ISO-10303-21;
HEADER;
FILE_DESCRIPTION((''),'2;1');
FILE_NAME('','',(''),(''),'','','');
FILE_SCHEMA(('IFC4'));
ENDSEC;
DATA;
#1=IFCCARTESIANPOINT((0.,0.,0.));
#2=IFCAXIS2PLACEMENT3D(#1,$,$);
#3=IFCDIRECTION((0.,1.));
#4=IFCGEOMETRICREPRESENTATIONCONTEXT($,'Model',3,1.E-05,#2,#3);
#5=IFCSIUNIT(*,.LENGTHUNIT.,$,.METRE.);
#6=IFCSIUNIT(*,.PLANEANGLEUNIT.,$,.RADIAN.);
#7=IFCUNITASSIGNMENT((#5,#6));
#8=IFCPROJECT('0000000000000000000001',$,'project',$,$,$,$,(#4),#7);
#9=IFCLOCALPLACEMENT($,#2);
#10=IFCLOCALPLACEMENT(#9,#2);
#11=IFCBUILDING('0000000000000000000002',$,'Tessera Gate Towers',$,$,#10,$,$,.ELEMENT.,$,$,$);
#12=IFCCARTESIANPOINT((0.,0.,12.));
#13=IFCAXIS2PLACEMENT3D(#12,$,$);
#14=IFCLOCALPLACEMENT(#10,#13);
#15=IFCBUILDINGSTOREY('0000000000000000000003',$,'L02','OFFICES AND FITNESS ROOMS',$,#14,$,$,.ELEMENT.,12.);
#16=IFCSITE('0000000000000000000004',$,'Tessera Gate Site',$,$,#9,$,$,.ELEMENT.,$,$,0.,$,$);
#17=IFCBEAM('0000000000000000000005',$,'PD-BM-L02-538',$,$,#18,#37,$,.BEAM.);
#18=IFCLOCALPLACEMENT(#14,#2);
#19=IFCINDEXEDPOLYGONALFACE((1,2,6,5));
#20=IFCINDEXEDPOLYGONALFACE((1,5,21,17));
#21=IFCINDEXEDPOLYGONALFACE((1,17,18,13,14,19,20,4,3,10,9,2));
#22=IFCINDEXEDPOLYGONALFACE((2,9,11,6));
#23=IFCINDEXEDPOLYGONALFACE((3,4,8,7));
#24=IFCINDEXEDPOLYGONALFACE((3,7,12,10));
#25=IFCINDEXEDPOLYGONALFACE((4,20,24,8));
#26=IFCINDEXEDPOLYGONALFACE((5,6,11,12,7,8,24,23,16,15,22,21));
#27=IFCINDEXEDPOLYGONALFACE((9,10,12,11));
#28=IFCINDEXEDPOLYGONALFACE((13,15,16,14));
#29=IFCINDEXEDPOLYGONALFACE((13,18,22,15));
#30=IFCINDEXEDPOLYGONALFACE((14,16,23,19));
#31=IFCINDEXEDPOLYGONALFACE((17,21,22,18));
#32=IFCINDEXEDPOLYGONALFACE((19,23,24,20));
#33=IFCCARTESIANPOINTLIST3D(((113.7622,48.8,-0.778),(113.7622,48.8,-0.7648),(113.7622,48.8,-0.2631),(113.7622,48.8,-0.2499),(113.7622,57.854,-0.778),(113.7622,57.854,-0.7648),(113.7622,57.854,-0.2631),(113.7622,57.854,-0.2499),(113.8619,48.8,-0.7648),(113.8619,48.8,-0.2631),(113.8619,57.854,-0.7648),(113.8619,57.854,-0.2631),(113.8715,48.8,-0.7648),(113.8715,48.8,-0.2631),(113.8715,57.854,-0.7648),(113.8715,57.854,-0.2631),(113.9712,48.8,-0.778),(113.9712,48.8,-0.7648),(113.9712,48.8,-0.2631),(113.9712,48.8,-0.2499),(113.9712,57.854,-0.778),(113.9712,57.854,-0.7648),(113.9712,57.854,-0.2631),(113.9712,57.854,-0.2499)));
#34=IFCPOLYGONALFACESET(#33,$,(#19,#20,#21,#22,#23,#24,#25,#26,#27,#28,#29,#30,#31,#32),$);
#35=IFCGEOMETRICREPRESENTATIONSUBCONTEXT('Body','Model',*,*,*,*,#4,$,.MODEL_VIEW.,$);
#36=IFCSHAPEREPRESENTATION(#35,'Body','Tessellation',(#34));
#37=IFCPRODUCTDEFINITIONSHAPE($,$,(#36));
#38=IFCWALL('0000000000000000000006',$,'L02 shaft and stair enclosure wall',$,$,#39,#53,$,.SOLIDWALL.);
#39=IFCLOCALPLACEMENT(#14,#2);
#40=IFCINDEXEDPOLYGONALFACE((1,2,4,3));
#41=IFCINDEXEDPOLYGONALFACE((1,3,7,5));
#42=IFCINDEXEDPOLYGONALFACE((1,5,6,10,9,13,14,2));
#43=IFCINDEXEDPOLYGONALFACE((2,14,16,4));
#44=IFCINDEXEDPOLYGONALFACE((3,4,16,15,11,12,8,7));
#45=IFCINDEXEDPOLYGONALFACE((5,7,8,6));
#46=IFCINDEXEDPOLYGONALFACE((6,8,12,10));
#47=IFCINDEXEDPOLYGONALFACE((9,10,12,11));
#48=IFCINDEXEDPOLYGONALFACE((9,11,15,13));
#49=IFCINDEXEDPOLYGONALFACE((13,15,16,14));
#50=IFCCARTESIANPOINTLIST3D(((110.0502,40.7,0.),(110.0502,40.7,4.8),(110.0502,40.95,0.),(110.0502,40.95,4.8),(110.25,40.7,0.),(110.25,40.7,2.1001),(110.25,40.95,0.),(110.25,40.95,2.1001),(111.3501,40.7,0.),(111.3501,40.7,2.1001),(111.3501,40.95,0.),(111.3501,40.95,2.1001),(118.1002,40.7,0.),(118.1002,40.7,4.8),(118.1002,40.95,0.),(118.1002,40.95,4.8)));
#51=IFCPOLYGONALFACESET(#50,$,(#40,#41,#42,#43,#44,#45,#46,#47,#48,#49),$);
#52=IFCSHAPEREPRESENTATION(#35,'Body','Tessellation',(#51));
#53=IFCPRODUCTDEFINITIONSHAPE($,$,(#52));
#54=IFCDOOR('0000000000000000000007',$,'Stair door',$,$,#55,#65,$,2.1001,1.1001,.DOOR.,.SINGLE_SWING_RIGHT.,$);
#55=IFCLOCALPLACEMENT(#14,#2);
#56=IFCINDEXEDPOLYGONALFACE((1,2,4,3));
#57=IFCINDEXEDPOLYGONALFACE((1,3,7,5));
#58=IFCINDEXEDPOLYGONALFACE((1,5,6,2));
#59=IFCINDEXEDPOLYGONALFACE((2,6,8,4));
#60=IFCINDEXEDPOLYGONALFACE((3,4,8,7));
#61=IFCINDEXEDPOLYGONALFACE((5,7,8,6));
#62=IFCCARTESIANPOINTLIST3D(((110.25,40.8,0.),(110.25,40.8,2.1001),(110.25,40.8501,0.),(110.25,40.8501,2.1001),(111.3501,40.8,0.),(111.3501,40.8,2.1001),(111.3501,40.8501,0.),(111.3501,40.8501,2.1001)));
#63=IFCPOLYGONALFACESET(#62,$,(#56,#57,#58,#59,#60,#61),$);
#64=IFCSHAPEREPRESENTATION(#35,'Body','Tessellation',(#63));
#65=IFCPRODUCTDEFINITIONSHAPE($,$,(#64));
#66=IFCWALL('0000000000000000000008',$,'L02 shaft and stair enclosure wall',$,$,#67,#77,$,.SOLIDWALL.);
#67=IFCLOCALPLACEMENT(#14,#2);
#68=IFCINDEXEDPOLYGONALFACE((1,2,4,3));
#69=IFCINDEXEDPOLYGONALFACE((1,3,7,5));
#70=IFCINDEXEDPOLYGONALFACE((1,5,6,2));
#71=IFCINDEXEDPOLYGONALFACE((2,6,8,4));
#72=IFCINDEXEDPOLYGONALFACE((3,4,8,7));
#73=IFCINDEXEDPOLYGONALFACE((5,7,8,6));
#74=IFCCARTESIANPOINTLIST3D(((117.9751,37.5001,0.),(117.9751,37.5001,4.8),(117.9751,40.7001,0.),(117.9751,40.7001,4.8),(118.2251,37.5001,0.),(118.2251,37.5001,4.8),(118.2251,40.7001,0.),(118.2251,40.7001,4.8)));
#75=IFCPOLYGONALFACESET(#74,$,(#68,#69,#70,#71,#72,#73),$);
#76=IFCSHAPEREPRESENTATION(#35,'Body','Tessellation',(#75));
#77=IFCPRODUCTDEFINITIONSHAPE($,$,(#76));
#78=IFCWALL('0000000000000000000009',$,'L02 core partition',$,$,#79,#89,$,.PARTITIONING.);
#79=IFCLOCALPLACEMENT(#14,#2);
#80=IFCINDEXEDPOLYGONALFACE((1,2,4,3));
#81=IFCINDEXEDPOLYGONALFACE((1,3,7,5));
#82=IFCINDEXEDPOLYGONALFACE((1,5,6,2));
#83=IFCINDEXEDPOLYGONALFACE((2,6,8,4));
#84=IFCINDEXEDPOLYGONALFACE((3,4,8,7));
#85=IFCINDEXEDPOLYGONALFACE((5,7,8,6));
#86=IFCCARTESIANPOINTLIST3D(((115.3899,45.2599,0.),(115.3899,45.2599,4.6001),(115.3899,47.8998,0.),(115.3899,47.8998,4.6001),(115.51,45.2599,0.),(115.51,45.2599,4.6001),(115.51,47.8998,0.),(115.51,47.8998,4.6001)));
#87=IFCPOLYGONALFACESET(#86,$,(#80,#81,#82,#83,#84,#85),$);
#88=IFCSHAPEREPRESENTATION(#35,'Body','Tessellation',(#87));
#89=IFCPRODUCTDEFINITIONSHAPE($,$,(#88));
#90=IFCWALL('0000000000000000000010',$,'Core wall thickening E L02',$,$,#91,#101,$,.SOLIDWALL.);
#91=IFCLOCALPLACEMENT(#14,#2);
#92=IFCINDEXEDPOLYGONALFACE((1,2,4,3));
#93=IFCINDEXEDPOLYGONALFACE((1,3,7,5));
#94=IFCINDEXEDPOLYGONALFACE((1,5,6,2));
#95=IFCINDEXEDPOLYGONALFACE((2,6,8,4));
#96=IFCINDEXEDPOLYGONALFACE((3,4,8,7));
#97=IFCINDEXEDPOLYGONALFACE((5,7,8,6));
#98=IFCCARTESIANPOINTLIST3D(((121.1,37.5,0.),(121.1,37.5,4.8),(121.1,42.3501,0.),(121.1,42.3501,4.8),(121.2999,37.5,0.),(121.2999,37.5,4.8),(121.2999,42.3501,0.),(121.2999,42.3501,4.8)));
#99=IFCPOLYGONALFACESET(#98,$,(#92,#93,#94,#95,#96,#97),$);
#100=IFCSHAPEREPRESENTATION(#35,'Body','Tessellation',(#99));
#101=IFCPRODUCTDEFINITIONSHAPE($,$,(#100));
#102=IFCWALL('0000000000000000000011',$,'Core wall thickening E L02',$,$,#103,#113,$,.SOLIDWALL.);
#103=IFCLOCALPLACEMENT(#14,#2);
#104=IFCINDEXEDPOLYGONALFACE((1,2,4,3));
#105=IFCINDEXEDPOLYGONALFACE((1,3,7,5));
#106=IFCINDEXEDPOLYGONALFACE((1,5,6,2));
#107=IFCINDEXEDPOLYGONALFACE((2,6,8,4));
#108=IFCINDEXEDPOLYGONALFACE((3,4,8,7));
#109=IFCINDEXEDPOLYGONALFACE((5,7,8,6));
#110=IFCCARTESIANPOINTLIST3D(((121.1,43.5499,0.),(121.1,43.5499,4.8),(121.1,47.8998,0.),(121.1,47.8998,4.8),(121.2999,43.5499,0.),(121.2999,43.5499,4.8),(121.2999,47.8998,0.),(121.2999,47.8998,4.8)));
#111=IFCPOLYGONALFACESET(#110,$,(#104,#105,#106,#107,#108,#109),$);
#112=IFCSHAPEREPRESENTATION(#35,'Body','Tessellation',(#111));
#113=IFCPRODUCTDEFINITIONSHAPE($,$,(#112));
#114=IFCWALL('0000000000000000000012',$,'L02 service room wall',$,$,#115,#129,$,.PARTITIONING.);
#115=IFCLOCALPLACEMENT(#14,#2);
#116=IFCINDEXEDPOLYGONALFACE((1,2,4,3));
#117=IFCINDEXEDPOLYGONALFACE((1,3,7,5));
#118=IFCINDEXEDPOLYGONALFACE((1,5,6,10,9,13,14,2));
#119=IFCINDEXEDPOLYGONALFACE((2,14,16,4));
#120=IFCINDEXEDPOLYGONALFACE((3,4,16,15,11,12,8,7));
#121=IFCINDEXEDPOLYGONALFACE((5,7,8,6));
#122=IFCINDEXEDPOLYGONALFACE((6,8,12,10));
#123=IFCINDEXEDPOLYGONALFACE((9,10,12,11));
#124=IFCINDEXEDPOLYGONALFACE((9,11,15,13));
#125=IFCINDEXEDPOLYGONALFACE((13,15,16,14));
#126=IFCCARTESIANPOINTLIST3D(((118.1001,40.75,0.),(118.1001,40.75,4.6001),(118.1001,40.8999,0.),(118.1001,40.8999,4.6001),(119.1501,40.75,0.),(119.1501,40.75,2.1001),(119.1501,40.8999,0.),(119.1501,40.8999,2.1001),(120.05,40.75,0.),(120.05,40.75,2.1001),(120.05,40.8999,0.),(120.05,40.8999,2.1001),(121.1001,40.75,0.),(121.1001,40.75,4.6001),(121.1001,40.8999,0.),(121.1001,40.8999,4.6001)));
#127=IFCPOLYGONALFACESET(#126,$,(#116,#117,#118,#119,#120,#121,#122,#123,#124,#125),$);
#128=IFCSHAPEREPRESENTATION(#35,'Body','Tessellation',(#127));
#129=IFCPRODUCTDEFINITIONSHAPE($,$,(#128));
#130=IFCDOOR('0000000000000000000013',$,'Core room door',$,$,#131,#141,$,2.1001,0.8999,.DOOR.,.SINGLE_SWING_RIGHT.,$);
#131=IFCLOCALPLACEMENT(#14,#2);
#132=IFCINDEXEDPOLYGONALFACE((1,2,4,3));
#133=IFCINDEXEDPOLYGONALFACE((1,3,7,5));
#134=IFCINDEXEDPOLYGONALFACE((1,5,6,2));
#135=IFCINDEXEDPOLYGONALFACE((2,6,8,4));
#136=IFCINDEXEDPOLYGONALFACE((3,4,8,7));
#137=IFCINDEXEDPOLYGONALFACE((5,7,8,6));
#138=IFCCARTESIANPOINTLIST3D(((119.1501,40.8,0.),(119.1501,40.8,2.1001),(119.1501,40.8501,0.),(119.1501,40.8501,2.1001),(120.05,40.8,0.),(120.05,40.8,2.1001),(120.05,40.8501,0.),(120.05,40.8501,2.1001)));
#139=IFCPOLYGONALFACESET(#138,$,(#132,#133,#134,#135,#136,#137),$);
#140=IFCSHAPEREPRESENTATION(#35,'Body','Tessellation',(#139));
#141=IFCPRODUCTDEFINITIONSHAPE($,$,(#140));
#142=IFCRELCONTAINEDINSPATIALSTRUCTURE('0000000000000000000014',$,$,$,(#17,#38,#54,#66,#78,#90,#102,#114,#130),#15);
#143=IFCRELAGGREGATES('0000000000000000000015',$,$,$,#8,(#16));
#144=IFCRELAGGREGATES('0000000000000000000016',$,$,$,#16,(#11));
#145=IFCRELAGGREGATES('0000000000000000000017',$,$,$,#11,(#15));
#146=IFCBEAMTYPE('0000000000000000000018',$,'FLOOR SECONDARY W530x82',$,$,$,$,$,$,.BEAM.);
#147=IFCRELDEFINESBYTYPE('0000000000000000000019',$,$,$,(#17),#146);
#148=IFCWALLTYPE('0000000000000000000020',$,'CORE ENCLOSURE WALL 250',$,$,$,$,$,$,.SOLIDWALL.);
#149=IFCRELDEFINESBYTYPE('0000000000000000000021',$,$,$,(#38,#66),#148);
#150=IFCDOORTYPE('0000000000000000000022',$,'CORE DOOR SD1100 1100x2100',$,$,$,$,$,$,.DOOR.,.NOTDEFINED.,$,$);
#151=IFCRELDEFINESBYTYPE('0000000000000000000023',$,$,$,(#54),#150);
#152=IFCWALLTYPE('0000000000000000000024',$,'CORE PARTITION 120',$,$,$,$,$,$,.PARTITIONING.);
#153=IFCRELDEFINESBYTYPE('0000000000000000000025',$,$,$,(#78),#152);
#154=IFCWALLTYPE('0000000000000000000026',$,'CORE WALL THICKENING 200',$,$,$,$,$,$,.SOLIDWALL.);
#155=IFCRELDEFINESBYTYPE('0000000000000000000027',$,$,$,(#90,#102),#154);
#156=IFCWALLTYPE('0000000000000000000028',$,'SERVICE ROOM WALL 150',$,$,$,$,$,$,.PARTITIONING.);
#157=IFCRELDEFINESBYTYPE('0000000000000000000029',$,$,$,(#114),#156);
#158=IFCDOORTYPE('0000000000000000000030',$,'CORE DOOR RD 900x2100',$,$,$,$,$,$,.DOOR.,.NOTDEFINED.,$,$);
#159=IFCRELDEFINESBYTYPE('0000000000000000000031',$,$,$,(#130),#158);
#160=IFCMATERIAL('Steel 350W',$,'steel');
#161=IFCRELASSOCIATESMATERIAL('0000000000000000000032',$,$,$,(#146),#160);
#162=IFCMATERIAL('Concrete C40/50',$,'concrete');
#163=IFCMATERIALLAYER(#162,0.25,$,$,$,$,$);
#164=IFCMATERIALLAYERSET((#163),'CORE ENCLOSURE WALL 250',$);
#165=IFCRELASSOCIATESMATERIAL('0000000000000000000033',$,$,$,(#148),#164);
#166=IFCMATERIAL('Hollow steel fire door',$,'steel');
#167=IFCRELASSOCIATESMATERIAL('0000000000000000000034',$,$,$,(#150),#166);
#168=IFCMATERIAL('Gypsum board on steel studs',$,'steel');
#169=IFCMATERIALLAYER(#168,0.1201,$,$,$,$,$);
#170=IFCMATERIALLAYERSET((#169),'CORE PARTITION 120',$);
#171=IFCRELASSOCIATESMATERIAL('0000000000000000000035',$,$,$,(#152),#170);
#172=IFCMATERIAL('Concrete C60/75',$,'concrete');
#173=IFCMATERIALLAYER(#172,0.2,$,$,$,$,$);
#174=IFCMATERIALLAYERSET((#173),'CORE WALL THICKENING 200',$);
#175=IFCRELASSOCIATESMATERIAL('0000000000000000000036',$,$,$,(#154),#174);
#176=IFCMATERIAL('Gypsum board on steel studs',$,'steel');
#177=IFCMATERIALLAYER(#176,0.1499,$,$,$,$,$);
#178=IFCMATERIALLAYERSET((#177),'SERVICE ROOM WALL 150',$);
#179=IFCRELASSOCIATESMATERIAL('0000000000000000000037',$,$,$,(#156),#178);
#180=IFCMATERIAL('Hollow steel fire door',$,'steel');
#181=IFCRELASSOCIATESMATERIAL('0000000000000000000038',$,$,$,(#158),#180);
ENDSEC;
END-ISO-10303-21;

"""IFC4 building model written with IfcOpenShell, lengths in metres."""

from ifc_helpers import new_model, si_unit, direction, frame, frame_2d, origin, origin_2d, place, context, subcontext, project, spatial, rectangle, i_section, extrude, source, transform, mapped, material, layer, layer_set, material_profile, profile_set, type_object, element, fill, save


model = new_model("IFC4")

# Units and contexts
model_context = context("Model", 3, precision=1e-05, world=origin(), true_north=direction((0.0, 1.0)))
body_context = subcontext(model_context, "Body", "Model", "MODEL_VIEW")
ifc_project = project(units=[si_unit("LENGTHUNIT", "METRE"), si_unit("PLANEANGLEUNIT", "RADIAN")], contexts=[model_context])

# Site, building, storey
site_placement = place(None, origin())
site = spatial("IfcSite", under=ifc_project, at=site_placement, Name="Tessera Gate Site", CompositionType="ELEMENT", RefElevation=0.0)
building_placement = place(site_placement, origin())
building = spatial("IfcBuilding", under=site, at=building_placement, Name="Tessera Gate Towers", CompositionType="ELEMENT")
storey_placement = place(building_placement, frame((0.0, 0.0, 12.0)))
storey = spatial("IfcBuildingStorey", under=building, at=storey_placement, Name="L02", Description="OFFICES AND FITNESS ROOMS", CompositionType="ELEMENT", Elevation=12.0)

# Beam
ifc_material_1 = material(Name="Steel 350W", Category="steel")
ifc_material_profile = material_profile(ifc_material_1, i_section(OverallWidth=0.209, OverallDepth=0.5281, WebThickness=0.0095, FlangeThickness=0.0132, at=origin_2d()), Name="W530x82")
ifc_profile_set = profile_set([ifc_material_profile], Name="Steel 350W")
beam_type = type_object("IfcBeamType", Name="FLOOR SECONDARY W530x82", PredefinedType="BEAM", material=ifc_profile_set)
beam_placement = place(storey_placement, frame((113.8667, 48.8, -0.5139), z_axis=(0.0, 1.0, 0.0), x_axis=(-1.0, 0.0, 0.0)))
element("IfcBeam", 1, at=beam_placement, inside=storey, type_object=beam_type, Name="PD-BM-L02-538", PredefinedType="BEAM", context=body_context, shape_type="SweptSolid", body=[
    extrude(i_section(OverallWidth=0.209, OverallDepth=0.5281, WebThickness=0.0095, FlangeThickness=0.0132, at=origin_2d()), origin(), (0.0, 0.0, 1.0), 9.054),
])

# Wall, opening, door
ifc_material_2 = material(Name="Concrete C40/50", Category="concrete")
ifc_layer_1 = layer(ifc_material_2, 0.25)
ifc_layer_set_1 = layer_set([ifc_layer_1], Name="CORE ENCLOSURE WALL 250")
wall_type_1 = type_object("IfcWallType", Name="CORE ENCLOSURE WALL 250", PredefinedType="SOLIDWALL", material=ifc_layer_set_1)
wall_1_placement = place(storey_placement, frame((118.1001, 40.825, 0.0), z_axis=(0.0, 0.0, 1.0), x_axis=(-1.0, 0.0, 0.0)))
wall_1 = element("IfcWall", 2, at=wall_1_placement, inside=storey, type_object=wall_type_1, Name="L02 shaft and stair enclosure wall", PredefinedType="SOLIDWALL", context=body_context, shape_type="SweptSolid", body=[
    extrude(rectangle(XDim=8.05, YDim=0.25, at=frame_2d((4.0249, 0.0))), origin(), (0.0, 0.0, 1.0), 4.8),
])
shared_shape_1 = source(origin(), body_context, "Body", "SweptSolid", [
    extrude(rectangle(XDim=1.1001, YDim=2.1001, at=frame_2d((0.55, 1.05))), frame((0.0, 0.135, 0.0), z_axis=(0.0, -1.0, 0.0), x_axis=(1.0, 0.0, 0.0)), (0.0, 0.0, 1.0), 0.27),
])
opening_1_placement = place(wall_1_placement, frame((6.75, 0.0, 0.0)))
opening_1 = element("IfcOpeningElement", 3, at=opening_1_placement, cuts=wall_1, PredefinedType="OPENING", context=body_context, shape_type="MappedRepresentation", body=[
    mapped(shared_shape_1, transform((0.0, 0.0, 0.0), scale=1.0)),
])
ifc_material_3 = material(Name="Hollow steel fire door", Category="steel")
door_type_1 = type_object("IfcDoorType", Name="CORE DOOR SD1100 1100x2100", OperationType="NOTDEFINED", PredefinedType="DOOR", material=ifc_material_3)
shared_shape_2 = source(origin(), body_context, "Body", "SweptSolid", [
    extrude(rectangle(XDim=1.1001, YDim=2.1001, at=frame_2d((0.55, 1.05))), frame((0.0, 0.0249, 0.0), z_axis=(0.0, -1.0, 0.0), x_axis=(1.0, 0.0, 0.0)), (0.0, 0.0, 1.0), 0.05),
])
door_1_placement = place(opening_1_placement, origin())
door_1 = element("IfcDoor", 4, at=door_1_placement, inside=storey, type_object=door_type_1, Name="Stair door", OperationType="SINGLE_SWING_RIGHT", OverallHeight=2.1001, OverallWidth=1.1001, PredefinedType="DOOR", context=body_context, shape_type="MappedRepresentation", body=[
    mapped(shared_shape_2, transform((0.0, 0.0, 0.0), scale=1.0)),
])
fill(opening_1, door_1)

# Walls
wall_2_placement = place(storey_placement, frame((118.1001, 37.5, 0.0), z_axis=(0.0, 0.0, 1.0), x_axis=(0.0, 1.0, 0.0)))
element("IfcWall", 5, at=wall_2_placement, inside=storey, type_object=wall_type_1, Name="L02 shaft and stair enclosure wall", PredefinedType="SOLIDWALL", context=body_context, shape_type="SweptSolid", body=[
    extrude(rectangle(XDim=3.2, YDim=0.25, at=frame_2d((1.6001, 0.0))), origin(), (0.0, 0.0, 1.0), 4.8),
])
ifc_material_4 = material(Name="Gypsum board on steel studs", Category="steel")
ifc_layer_2 = layer(ifc_material_4, 0.1201)
ifc_layer_set_2 = layer_set([ifc_layer_2], Name="CORE PARTITION 120")
wall_type_2 = type_object("IfcWallType", Name="CORE PARTITION 120", PredefinedType="PARTITIONING", material=ifc_layer_set_2)
wall_3_placement = place(storey_placement, frame((115.45, 45.26, 0.0), z_axis=(0.0, 0.0, 1.0), x_axis=(0.0, 1.0, 0.0)))
element("IfcWall", 6, at=wall_3_placement, inside=storey, type_object=wall_type_2, Name="L02 core partition", PredefinedType="PARTITIONING", context=body_context, shape_type="SweptSolid", body=[
    extrude(rectangle(XDim=2.6399, YDim=0.1201, at=frame_2d((1.3198, 0.0))), origin(), (0.0, 0.0, 1.0), 4.6001),
])
ifc_material_5 = material(Name="Concrete C60/75", Category="concrete")
ifc_layer_3 = layer(ifc_material_5, 0.2)
ifc_layer_set_3 = layer_set([ifc_layer_3], Name="CORE WALL THICKENING 200")
wall_type_3 = type_object("IfcWallType", Name="CORE WALL THICKENING 200", PredefinedType="SOLIDWALL", material=ifc_layer_set_3)
wall_4_placement = place(storey_placement, frame((121.2, 37.5, 0.0), z_axis=(0.0, 0.0, 1.0), x_axis=(0.0, 1.0, 0.0)))
element("IfcWall", 7, at=wall_4_placement, inside=storey, type_object=wall_type_3, Name="Core wall thickening E L02", PredefinedType="SOLIDWALL", context=body_context, shape_type="SweptSolid", body=[
    extrude(rectangle(XDim=4.8501, YDim=0.2, at=frame_2d((2.425, 0.0))), origin(), (0.0, 0.0, 1.0), 4.8),
])
wall_5_placement = place(storey_placement, frame((121.2, 43.55, 0.0), z_axis=(0.0, 0.0, 1.0), x_axis=(0.0, 1.0, 0.0)))
element("IfcWall", 8, at=wall_5_placement, inside=storey, type_object=wall_type_3, Name="Core wall thickening E L02", PredefinedType="SOLIDWALL", context=body_context, shape_type="SweptSolid", body=[
    extrude(rectangle(XDim=4.3499, YDim=0.2, at=frame_2d((2.1748, 0.0))), origin(), (0.0, 0.0, 1.0), 4.8),
])

# Wall, opening, door
ifc_material_6 = material(Name="Gypsum board on steel studs", Category="steel")
ifc_layer_4 = layer(ifc_material_6, 0.1499)
ifc_layer_set_4 = layer_set([ifc_layer_4], Name="SERVICE ROOM WALL 150")
wall_type_4 = type_object("IfcWallType", Name="SERVICE ROOM WALL 150", PredefinedType="PARTITIONING", material=ifc_layer_set_4)
wall_6_placement = place(storey_placement, frame((121.1001, 40.825, 0.0), z_axis=(0.0, 0.0, 1.0), x_axis=(-1.0, 0.0, 0.0)))
wall_6 = element("IfcWall", 9, at=wall_6_placement, inside=storey, type_object=wall_type_4, Name="L02 service room wall", PredefinedType="PARTITIONING", context=body_context, shape_type="SweptSolid", body=[
    extrude(rectangle(XDim=3.0, YDim=0.1499, at=frame_2d((1.5, 0.0))), origin(), (0.0, 0.0, 1.0), 4.6001),
])
shared_shape_3 = source(origin(), body_context, "Body", "SweptSolid", [
    extrude(rectangle(XDim=0.8999, YDim=2.1001, at=frame_2d((0.45, 1.05))), frame((0.0, 0.085, 0.0), z_axis=(0.0, -1.0, 0.0), x_axis=(1.0, 0.0, 0.0)), (0.0, 0.0, 1.0), 0.1699),
])
opening_2_placement = place(wall_6_placement, frame((1.05, 0.0, 0.0)))
opening_2 = element("IfcOpeningElement", 10, at=opening_2_placement, cuts=wall_6, PredefinedType="OPENING", context=body_context, shape_type="MappedRepresentation", body=[
    mapped(shared_shape_3, transform((0.0, 0.0, 0.0), scale=1.0)),
])
ifc_material_7 = material(Name="Hollow steel fire door", Category="steel")
door_type_2 = type_object("IfcDoorType", Name="CORE DOOR RD 900x2100", OperationType="NOTDEFINED", PredefinedType="DOOR", material=ifc_material_7)
shared_shape_4 = source(origin(), body_context, "Body", "SweptSolid", [
    extrude(rectangle(XDim=0.8999, YDim=2.1001, at=frame_2d((0.45, 1.05))), frame((0.0, 0.0249, 0.0), z_axis=(0.0, -1.0, 0.0), x_axis=(1.0, 0.0, 0.0)), (0.0, 0.0, 1.0), 0.05),
])
door_2_placement = place(opening_2_placement, origin())
door_2 = element("IfcDoor", 11, at=door_2_placement, inside=storey, type_object=door_type_2, Name="Core room door", OperationType="SINGLE_SWING_RIGHT", OverallHeight=2.1001, OverallWidth=0.8999, PredefinedType="DOOR", context=body_context, shape_type="MappedRepresentation", body=[
    mapped(shared_shape_4, transform((0.0, 0.0, 0.0), scale=1.0)),
])
fill(opening_2, door_2)

save(model, "model.ifc")
